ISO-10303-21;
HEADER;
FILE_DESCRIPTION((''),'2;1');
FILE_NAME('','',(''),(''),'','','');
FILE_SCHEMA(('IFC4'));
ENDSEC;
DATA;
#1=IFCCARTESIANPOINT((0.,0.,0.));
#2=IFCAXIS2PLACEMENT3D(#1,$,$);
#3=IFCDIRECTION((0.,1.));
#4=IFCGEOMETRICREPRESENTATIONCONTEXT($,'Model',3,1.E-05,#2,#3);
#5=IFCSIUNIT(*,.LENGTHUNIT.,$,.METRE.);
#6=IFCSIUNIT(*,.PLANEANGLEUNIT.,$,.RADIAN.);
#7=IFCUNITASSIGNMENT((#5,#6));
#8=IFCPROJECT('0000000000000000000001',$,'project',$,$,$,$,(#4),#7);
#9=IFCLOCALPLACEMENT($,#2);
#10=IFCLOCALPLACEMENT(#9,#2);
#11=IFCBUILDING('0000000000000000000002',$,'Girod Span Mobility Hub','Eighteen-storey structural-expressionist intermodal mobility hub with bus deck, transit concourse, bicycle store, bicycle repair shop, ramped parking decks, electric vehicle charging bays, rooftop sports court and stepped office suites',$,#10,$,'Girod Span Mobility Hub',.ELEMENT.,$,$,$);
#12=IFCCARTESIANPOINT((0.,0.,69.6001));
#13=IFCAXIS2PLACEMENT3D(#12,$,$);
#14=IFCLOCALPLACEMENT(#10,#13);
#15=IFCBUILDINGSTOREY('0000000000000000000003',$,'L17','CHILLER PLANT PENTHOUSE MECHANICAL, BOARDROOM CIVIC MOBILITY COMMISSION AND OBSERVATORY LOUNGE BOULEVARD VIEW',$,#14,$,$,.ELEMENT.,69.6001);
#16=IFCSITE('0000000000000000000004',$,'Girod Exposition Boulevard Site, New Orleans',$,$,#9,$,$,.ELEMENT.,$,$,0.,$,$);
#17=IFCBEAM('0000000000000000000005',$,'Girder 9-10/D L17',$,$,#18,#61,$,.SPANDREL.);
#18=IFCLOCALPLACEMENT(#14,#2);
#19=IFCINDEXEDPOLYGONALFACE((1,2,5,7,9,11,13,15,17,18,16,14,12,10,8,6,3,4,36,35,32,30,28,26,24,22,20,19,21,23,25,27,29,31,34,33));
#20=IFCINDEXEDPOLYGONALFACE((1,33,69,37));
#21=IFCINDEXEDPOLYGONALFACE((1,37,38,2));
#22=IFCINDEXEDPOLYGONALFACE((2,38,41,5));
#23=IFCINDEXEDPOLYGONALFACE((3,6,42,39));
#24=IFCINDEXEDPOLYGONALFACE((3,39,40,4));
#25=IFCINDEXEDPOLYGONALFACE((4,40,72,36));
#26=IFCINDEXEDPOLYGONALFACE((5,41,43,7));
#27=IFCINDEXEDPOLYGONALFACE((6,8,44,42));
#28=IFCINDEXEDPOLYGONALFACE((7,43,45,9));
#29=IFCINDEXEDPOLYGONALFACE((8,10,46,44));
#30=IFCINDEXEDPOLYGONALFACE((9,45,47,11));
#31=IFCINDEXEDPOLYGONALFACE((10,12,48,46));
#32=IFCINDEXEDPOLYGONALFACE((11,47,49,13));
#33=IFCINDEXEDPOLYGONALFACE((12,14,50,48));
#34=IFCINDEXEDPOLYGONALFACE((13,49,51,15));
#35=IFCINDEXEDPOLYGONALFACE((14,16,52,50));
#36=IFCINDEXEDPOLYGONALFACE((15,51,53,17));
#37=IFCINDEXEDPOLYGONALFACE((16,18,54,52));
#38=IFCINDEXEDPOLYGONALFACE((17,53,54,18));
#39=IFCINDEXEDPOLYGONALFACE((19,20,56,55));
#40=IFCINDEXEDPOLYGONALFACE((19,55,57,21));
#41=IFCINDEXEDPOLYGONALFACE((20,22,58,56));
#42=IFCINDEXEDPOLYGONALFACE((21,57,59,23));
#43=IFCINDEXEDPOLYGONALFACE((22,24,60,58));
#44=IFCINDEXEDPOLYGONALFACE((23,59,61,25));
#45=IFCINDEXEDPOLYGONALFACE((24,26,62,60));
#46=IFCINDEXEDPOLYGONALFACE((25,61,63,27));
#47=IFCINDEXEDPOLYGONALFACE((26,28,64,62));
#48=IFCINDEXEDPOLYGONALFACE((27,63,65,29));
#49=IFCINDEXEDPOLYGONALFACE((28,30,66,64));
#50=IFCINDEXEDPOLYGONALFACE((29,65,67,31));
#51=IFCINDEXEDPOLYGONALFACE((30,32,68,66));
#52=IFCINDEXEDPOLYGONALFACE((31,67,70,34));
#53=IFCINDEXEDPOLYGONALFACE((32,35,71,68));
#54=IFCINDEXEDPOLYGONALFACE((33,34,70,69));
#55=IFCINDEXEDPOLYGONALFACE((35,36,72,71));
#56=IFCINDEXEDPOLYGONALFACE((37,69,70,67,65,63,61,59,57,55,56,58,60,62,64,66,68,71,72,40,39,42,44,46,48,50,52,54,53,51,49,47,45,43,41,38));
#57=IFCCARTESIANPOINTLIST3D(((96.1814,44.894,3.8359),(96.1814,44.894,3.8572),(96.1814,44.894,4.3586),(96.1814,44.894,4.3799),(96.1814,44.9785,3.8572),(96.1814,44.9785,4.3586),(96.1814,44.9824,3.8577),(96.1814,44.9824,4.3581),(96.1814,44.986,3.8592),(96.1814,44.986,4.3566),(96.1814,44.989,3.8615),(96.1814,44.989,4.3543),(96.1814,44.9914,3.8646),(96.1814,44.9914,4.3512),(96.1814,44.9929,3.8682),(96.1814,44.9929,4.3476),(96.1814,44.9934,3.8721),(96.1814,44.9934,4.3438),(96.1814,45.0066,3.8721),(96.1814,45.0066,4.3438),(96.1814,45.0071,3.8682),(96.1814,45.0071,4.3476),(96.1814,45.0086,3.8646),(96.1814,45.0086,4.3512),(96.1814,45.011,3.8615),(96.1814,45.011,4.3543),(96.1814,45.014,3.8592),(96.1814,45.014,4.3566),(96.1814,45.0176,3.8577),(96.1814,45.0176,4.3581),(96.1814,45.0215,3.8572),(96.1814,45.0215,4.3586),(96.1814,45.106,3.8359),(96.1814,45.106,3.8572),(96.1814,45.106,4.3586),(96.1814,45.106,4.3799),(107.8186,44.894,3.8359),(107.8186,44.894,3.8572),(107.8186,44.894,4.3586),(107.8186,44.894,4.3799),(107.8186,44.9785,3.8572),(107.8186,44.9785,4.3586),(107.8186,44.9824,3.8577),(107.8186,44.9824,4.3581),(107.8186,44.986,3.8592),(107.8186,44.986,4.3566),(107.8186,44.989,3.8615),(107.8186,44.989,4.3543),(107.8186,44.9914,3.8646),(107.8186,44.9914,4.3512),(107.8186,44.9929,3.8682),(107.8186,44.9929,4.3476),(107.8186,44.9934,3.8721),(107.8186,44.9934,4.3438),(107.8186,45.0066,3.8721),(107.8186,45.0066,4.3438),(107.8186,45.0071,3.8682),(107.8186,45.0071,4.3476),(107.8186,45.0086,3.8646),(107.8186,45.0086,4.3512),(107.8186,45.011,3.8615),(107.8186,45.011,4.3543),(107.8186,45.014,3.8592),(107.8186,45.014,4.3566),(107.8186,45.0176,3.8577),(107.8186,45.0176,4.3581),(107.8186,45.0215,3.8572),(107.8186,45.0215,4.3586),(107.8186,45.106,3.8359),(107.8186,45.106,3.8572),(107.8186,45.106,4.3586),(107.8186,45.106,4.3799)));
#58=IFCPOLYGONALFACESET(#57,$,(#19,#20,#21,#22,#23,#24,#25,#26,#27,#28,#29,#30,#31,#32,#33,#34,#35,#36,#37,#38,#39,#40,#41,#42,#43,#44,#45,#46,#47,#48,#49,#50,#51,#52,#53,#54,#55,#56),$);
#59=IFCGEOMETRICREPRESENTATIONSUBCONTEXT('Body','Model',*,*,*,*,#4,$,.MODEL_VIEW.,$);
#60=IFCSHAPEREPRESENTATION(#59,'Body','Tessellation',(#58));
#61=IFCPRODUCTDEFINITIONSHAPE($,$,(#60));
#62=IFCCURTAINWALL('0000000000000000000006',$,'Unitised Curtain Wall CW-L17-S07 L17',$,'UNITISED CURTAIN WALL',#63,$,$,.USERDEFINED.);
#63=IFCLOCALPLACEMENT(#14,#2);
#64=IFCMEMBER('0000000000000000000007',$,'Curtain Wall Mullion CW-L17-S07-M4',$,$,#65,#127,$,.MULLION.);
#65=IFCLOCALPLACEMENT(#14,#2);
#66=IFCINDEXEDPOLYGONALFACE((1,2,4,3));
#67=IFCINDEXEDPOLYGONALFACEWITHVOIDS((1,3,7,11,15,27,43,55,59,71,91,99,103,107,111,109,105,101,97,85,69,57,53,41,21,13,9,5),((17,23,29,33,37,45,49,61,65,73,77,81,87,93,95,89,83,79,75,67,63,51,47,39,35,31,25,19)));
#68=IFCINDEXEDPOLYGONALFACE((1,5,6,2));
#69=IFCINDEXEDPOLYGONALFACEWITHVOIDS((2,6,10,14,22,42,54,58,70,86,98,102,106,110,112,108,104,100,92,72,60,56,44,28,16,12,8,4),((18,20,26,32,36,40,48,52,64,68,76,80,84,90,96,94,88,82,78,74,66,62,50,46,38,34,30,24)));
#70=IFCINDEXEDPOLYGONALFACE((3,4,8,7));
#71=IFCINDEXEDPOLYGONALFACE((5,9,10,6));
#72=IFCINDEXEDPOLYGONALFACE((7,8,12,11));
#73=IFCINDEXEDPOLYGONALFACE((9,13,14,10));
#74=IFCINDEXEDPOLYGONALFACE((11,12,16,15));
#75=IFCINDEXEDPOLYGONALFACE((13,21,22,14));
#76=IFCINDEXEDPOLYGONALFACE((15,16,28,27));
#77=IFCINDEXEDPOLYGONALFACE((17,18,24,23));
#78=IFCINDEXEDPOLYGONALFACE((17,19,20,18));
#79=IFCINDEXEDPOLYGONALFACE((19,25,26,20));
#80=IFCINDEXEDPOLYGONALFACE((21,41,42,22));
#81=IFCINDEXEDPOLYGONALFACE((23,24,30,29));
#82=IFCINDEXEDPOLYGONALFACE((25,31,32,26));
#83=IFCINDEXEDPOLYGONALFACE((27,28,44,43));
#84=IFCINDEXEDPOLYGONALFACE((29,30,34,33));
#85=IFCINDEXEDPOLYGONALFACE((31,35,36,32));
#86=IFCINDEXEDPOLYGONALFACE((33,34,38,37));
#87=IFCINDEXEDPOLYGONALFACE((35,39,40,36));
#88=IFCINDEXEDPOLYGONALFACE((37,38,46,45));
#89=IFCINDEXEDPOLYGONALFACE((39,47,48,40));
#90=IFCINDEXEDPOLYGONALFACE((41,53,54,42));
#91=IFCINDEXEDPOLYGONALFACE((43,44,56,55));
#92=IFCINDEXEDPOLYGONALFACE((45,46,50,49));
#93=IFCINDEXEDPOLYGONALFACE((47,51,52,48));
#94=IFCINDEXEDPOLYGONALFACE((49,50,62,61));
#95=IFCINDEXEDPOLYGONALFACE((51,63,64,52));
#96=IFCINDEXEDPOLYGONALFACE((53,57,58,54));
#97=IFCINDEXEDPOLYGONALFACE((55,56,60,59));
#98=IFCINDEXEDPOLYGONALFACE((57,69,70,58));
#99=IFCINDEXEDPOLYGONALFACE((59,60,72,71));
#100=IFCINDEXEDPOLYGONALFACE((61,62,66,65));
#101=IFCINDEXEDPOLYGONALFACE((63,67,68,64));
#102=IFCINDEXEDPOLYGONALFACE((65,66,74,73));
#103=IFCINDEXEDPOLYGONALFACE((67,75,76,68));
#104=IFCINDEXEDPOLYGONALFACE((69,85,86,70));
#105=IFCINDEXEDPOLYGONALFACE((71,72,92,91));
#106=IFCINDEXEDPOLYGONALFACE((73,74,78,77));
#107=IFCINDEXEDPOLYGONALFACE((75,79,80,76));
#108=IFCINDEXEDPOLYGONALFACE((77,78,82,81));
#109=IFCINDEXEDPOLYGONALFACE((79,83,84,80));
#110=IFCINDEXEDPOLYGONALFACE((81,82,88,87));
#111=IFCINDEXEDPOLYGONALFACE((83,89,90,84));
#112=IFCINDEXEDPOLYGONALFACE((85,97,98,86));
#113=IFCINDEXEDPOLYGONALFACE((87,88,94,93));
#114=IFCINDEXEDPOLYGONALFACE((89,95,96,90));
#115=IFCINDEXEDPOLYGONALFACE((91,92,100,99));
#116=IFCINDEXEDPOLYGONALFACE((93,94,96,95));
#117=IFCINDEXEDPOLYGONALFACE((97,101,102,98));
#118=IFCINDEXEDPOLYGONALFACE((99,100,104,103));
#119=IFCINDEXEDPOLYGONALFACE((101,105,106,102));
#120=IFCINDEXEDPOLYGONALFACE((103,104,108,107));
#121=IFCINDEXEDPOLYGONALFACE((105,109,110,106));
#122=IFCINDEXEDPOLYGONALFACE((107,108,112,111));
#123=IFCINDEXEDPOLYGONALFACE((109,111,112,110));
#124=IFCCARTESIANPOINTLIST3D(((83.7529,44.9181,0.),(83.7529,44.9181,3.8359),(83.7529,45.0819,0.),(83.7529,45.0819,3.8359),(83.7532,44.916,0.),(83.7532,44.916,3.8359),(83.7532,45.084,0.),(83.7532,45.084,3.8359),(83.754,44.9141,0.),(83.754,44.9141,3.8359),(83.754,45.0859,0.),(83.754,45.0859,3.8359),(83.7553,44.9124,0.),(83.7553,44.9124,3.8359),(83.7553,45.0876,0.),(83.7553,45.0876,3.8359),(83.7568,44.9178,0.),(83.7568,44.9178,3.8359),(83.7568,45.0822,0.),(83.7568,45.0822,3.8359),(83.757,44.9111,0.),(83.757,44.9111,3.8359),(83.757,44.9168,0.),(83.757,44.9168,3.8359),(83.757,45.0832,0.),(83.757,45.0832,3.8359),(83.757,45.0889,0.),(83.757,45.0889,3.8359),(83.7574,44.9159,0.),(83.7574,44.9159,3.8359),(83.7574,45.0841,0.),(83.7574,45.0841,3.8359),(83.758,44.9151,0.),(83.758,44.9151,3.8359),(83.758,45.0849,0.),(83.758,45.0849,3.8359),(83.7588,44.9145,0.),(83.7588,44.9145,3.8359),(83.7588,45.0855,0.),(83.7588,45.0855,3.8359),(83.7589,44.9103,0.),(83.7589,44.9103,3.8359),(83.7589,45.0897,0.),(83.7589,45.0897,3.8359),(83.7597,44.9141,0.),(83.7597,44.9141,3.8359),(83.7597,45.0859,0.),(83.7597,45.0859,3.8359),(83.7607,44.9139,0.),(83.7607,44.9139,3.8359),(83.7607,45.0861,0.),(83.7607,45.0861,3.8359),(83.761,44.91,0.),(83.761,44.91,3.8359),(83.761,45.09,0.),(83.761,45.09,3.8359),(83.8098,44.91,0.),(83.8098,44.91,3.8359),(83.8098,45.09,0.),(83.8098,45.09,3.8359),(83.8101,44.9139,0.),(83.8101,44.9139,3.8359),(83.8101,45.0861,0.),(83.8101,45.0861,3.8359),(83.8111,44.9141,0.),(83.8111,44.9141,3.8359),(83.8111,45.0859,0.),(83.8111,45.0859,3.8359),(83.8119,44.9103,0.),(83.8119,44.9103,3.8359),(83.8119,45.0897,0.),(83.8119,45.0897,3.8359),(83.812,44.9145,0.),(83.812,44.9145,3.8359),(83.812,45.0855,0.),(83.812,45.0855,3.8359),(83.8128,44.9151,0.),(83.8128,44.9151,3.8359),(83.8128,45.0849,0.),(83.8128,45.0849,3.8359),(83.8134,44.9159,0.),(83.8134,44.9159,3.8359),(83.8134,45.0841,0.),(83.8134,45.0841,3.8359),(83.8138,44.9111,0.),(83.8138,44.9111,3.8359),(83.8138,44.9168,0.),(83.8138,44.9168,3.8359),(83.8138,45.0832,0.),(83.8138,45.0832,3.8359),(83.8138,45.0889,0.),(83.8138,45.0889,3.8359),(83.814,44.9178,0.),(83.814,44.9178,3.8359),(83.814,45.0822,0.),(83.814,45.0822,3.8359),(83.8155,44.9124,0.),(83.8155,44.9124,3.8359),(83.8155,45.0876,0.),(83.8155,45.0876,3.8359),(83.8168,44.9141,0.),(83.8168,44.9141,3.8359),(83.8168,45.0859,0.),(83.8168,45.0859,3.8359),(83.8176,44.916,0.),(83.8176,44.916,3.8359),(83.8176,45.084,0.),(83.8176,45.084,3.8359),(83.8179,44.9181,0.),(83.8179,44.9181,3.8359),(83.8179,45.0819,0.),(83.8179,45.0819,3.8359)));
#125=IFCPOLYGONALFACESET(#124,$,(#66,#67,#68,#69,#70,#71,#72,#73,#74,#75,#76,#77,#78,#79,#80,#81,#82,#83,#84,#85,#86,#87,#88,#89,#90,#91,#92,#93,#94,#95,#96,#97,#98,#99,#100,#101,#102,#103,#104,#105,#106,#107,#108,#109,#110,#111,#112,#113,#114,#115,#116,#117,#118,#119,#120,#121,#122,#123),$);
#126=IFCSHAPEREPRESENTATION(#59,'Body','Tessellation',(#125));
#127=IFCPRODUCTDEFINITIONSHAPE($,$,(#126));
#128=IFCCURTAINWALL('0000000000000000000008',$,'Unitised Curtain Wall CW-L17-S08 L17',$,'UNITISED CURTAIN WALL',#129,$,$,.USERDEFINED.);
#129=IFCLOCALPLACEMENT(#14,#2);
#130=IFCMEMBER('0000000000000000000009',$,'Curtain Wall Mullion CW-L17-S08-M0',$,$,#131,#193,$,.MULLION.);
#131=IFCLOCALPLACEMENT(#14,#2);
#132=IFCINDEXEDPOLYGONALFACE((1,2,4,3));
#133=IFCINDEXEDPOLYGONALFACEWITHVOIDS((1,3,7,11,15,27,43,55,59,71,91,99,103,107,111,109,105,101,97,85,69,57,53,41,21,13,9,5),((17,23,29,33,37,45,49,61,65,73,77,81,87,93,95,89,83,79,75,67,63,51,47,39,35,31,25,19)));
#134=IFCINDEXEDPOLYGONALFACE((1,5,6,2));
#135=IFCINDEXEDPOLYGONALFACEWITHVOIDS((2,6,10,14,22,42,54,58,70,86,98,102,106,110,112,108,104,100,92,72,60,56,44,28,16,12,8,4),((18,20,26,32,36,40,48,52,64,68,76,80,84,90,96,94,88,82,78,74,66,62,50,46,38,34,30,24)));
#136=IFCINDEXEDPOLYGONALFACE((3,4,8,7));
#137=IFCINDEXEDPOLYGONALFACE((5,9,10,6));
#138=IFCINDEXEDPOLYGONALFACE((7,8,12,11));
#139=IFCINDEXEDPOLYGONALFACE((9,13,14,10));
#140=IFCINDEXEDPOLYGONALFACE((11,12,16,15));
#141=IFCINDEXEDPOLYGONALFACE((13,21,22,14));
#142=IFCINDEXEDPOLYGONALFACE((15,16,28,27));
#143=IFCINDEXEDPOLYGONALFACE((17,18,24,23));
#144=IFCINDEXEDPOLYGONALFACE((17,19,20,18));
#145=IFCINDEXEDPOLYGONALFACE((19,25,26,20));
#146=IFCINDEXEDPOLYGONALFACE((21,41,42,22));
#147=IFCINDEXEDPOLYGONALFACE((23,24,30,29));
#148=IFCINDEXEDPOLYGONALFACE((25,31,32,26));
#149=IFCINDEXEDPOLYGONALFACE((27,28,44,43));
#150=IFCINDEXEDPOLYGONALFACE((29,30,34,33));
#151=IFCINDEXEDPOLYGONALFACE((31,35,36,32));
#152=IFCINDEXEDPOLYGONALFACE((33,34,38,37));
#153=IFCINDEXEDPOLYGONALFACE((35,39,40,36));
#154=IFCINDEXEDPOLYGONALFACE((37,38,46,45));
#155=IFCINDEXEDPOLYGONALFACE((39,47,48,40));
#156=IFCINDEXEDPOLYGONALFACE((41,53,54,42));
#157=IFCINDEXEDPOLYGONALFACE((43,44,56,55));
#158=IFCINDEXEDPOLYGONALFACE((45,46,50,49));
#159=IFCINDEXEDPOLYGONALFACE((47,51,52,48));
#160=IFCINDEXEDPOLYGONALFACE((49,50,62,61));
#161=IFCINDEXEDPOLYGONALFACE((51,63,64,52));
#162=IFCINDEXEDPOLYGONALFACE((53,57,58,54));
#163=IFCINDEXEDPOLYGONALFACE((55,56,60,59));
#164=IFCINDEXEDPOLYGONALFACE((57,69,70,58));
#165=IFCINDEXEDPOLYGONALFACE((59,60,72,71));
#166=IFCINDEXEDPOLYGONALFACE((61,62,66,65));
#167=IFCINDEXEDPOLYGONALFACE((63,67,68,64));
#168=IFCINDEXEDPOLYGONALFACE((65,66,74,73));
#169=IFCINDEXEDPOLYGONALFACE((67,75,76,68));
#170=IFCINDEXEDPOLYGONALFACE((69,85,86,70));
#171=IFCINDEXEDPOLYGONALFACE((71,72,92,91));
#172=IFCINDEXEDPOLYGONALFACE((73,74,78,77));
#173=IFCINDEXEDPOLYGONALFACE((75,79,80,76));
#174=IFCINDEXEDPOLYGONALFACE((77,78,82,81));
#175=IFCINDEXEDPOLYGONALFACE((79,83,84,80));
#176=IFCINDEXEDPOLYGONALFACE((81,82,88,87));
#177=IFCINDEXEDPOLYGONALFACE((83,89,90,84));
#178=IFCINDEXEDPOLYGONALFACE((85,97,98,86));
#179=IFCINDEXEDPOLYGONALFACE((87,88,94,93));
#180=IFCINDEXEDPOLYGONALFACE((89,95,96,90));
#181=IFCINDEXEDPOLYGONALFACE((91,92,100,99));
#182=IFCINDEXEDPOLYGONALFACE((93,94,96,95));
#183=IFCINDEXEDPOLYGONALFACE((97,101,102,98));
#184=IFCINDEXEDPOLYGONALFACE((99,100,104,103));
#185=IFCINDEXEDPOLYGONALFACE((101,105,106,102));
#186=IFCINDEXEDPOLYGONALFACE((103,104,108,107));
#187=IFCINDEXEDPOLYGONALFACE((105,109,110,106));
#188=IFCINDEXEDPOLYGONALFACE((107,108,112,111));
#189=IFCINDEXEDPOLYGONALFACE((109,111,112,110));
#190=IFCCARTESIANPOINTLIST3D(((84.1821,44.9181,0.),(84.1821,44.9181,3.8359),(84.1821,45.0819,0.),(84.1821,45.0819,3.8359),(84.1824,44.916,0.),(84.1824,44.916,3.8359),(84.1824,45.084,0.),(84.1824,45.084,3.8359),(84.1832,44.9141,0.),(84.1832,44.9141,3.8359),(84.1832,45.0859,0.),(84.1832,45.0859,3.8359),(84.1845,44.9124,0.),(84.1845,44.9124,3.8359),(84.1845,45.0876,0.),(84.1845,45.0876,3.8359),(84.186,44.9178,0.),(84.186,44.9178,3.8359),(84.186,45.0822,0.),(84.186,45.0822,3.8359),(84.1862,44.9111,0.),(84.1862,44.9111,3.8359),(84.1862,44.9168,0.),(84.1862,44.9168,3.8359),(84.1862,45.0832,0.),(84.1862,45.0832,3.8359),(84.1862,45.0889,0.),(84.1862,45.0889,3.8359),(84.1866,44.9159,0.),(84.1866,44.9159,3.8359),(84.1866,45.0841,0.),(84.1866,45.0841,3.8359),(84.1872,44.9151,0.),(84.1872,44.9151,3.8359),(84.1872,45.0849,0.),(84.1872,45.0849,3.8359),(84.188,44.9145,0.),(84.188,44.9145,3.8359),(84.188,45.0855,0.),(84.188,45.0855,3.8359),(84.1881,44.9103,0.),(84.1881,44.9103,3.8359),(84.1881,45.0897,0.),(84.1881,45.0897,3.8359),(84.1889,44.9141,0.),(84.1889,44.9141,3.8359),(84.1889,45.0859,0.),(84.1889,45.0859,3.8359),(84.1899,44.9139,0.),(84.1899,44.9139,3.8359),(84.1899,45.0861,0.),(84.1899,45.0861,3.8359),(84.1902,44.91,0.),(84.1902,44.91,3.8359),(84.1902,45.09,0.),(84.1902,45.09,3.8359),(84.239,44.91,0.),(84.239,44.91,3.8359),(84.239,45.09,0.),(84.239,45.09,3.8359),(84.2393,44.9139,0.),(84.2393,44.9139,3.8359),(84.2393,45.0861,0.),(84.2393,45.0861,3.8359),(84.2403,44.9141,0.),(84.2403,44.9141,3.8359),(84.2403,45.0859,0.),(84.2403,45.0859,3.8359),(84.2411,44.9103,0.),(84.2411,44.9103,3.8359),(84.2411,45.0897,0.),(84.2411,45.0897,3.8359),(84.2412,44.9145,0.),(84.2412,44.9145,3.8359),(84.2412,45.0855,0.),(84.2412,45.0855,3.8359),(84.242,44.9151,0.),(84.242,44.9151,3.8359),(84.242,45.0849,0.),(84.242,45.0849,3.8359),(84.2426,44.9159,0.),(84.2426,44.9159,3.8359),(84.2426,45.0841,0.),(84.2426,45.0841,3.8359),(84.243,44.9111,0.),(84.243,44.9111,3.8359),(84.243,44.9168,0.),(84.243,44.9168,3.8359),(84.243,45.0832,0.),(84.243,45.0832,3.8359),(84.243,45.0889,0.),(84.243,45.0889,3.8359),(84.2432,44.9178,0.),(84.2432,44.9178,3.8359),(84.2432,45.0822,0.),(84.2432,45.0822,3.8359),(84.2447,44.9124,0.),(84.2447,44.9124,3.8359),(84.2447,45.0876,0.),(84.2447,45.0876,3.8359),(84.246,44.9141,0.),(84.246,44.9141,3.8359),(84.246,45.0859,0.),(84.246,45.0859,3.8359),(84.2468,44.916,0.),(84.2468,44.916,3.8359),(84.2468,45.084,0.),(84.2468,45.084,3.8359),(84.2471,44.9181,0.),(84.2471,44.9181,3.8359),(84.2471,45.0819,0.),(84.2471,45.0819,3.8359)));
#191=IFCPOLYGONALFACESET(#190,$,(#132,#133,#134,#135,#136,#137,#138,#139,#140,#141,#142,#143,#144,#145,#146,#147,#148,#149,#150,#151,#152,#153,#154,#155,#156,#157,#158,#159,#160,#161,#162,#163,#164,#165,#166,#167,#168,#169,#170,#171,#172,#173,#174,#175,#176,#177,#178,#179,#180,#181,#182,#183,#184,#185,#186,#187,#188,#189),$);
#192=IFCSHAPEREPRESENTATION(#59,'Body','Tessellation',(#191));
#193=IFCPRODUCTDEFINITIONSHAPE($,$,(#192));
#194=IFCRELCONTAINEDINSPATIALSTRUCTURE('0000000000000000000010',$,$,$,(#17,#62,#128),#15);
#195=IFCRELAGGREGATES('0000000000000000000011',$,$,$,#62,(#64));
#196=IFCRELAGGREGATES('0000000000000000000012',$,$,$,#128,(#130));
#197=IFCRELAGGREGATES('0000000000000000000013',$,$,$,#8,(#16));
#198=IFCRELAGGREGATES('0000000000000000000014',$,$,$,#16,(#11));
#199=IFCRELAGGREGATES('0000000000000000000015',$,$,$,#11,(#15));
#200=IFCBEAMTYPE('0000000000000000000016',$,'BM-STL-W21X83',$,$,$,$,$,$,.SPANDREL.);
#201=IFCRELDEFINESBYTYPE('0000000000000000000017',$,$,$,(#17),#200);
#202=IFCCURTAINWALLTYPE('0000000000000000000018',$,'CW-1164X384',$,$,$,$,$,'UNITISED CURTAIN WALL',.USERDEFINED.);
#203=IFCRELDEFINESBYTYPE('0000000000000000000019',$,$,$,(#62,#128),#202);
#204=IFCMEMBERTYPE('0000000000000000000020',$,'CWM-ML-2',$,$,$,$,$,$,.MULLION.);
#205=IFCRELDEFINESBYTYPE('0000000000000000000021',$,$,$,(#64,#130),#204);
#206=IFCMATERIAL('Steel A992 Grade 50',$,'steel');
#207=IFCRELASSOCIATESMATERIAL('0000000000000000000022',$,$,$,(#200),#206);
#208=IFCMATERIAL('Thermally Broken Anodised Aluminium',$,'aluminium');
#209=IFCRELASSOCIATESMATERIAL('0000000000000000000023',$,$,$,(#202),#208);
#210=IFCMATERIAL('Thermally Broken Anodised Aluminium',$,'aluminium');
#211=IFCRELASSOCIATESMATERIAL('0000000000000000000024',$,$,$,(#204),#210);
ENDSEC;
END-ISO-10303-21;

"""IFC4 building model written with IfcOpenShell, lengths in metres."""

from ifc_helpers import new_model, si_unit, direction, frame, origin, origin_2d, place, context, subcontext, project, spatial, hollow_rectangle, i_section, extrude, material, material_profile, profile_set, type_object, element, aggregate, save


model = new_model("IFC4")

# Units and contexts
model_context = context("Model", 3, precision=1e-05, world=origin(), true_north=direction((0.0, 1.0)))
body_context = subcontext(model_context, "Body", "Model", "MODEL_VIEW")
ifc_project = project(units=[si_unit("LENGTHUNIT", "METRE"), si_unit("PLANEANGLEUNIT", "RADIAN")], contexts=[model_context])

# Site, building, storey
site_placement = place(None, origin())
site = spatial("IfcSite", under=ifc_project, at=site_placement, Name="Girod Exposition Boulevard Site, New Orleans", CompositionType="ELEMENT", RefElevation=0.0)
building_placement = place(site_placement, origin())
building = spatial("IfcBuilding", under=site, at=building_placement, Name="Girod Span Mobility Hub", Description="Eighteen-storey structural-expressionist intermodal mobility hub with bus deck, transit concourse, bicycle store, bicycle repair shop, ramped parking decks, electric vehicle charging bays, rooftop sports court and stepped office suites", LongName="Girod Span Mobility Hub", CompositionType="ELEMENT")
storey_placement = place(building_placement, frame((0.0, 0.0, 69.6001)))
storey = spatial("IfcBuildingStorey", under=building, at=storey_placement, Name="L17", Description="CHILLER PLANT PENTHOUSE MECHANICAL, BOARDROOM CIVIC MOBILITY COMMISSION AND OBSERVATORY LOUNGE BOULEVARD VIEW", CompositionType="ELEMENT", Elevation=69.6001)

# Beam
ifc_material_1 = material(Name="Steel A992 Grade 50", Category="steel")
ifc_material_profile_1 = material_profile(ifc_material_1, i_section(OverallWidth=0.2119, OverallDepth=0.5439, WebThickness=0.0132, FlangeThickness=0.0212, FilletRadius=0.0149, at=origin_2d()), Name="W21X83")
ifc_profile_set_1 = profile_set([ifc_material_profile_1], Name="Steel A992 Grade 50")
beam_type_1 = type_object("IfcBeamType", Name="BM-STL-W21X83", PredefinedType="SPANDREL", material=ifc_profile_set_1)
for number, where, z_axis, x_axis, name in (
    (1, (96.1814, 45.0, 4.1079), (1.0, 0.0, 0.0), (0.0, 1.0, 0.0), "Girder 9-10/D L17"),
):
    element("IfcBeam", number, at=place(storey_placement, frame(where, z_axis=z_axis, x_axis=x_axis)), inside=storey, type_object=beam_type_1, Name=name, PredefinedType="SPANDREL", context=body_context, shape_type="SweptSolid", body=[
        extrude(i_section(OverallWidth=0.2119, OverallDepth=0.5439, WebThickness=0.0132, FlangeThickness=0.0212, FilletRadius=0.0149, at=origin_2d()), origin(), (0.0, 0.0, 1.0), 11.6372),
    ])

# Curtain wall, member
ifc_material_2 = material(Name="Thermally Broken Anodised Aluminium", Category="aluminium")
curtain_wall_type = type_object("IfcCurtainWallType", Name="CW-1164X384", ElementType="UNITISED CURTAIN WALL", PredefinedType="USERDEFINED", material=ifc_material_2)
curtain_wall_1_placement = place(storey_placement, origin())
curtain_wall_1 = element("IfcCurtainWall", 2, at=curtain_wall_1_placement, inside=storey, type_object=curtain_wall_type, Name="Unitised Curtain Wall CW-L17-S07 L17", ObjectType="UNITISED CURTAIN WALL", PredefinedType="USERDEFINED")
ifc_material_3 = material(Name="Thermally Broken Anodised Aluminium", Category="aluminium")
ifc_material_profile_2 = material_profile(ifc_material_3, hollow_rectangle(XDim=0.1799, YDim=0.0649, WallThickness=0.0039, InnerFilletRadius=0.0039, OuterFilletRadius=0.0081, at=origin_2d()), Name="CW-ML-65X180")
ifc_profile_set_2 = profile_set([ifc_material_profile_2], Name="Thermally Broken Anodised Aluminium")
member_type_1 = type_object("IfcMemberType", Name="CWM-ML-2", PredefinedType="MULLION", material=ifc_profile_set_2)
member_1_placement = place(storey_placement, frame((83.7854, 45.0, 0.0), z_axis=(0.0, 0.0, 1.0), x_axis=(0.0, 1.0, 0.0)))
member_1 = element("IfcMember", 3, at=member_1_placement, type_object=member_type_1, Name="Curtain Wall Mullion CW-L17-S07-M4", PredefinedType="MULLION", context=body_context, shape_type="SweptSolid", body=[
    extrude(hollow_rectangle(XDim=0.1799, YDim=0.0649, WallThickness=0.0039, InnerFilletRadius=0.0039, OuterFilletRadius=0.0081, at=origin_2d()), origin(), (0.0, 0.0, 1.0), 3.8359),
])
aggregate(curtain_wall_1, [member_1])

# Curtain wall, member
curtain_wall_2_placement = place(storey_placement, origin())
curtain_wall_2 = element("IfcCurtainWall", 4, at=curtain_wall_2_placement, inside=storey, type_object=curtain_wall_type, Name="Unitised Curtain Wall CW-L17-S08 L17", ObjectType="UNITISED CURTAIN WALL", PredefinedType="USERDEFINED")
member_2_placement = place(storey_placement, frame((84.2146, 45.0, 0.0), z_axis=(0.0, 0.0, 1.0), x_axis=(0.0, 1.0, 0.0)))
member_2 = element("IfcMember", 5, at=member_2_placement, type_object=member_type_1, Name="Curtain Wall Mullion CW-L17-S08-M0", PredefinedType="MULLION", context=body_context, shape_type="SweptSolid", body=[
    extrude(hollow_rectangle(XDim=0.1799, YDim=0.0649, WallThickness=0.0039, InnerFilletRadius=0.0039, OuterFilletRadius=0.0081, at=origin_2d()), origin(), (0.0, 0.0, 1.0), 3.8359),
])

aggregate(curtain_wall_2, [member_2])

save(model, "model.ifc")
